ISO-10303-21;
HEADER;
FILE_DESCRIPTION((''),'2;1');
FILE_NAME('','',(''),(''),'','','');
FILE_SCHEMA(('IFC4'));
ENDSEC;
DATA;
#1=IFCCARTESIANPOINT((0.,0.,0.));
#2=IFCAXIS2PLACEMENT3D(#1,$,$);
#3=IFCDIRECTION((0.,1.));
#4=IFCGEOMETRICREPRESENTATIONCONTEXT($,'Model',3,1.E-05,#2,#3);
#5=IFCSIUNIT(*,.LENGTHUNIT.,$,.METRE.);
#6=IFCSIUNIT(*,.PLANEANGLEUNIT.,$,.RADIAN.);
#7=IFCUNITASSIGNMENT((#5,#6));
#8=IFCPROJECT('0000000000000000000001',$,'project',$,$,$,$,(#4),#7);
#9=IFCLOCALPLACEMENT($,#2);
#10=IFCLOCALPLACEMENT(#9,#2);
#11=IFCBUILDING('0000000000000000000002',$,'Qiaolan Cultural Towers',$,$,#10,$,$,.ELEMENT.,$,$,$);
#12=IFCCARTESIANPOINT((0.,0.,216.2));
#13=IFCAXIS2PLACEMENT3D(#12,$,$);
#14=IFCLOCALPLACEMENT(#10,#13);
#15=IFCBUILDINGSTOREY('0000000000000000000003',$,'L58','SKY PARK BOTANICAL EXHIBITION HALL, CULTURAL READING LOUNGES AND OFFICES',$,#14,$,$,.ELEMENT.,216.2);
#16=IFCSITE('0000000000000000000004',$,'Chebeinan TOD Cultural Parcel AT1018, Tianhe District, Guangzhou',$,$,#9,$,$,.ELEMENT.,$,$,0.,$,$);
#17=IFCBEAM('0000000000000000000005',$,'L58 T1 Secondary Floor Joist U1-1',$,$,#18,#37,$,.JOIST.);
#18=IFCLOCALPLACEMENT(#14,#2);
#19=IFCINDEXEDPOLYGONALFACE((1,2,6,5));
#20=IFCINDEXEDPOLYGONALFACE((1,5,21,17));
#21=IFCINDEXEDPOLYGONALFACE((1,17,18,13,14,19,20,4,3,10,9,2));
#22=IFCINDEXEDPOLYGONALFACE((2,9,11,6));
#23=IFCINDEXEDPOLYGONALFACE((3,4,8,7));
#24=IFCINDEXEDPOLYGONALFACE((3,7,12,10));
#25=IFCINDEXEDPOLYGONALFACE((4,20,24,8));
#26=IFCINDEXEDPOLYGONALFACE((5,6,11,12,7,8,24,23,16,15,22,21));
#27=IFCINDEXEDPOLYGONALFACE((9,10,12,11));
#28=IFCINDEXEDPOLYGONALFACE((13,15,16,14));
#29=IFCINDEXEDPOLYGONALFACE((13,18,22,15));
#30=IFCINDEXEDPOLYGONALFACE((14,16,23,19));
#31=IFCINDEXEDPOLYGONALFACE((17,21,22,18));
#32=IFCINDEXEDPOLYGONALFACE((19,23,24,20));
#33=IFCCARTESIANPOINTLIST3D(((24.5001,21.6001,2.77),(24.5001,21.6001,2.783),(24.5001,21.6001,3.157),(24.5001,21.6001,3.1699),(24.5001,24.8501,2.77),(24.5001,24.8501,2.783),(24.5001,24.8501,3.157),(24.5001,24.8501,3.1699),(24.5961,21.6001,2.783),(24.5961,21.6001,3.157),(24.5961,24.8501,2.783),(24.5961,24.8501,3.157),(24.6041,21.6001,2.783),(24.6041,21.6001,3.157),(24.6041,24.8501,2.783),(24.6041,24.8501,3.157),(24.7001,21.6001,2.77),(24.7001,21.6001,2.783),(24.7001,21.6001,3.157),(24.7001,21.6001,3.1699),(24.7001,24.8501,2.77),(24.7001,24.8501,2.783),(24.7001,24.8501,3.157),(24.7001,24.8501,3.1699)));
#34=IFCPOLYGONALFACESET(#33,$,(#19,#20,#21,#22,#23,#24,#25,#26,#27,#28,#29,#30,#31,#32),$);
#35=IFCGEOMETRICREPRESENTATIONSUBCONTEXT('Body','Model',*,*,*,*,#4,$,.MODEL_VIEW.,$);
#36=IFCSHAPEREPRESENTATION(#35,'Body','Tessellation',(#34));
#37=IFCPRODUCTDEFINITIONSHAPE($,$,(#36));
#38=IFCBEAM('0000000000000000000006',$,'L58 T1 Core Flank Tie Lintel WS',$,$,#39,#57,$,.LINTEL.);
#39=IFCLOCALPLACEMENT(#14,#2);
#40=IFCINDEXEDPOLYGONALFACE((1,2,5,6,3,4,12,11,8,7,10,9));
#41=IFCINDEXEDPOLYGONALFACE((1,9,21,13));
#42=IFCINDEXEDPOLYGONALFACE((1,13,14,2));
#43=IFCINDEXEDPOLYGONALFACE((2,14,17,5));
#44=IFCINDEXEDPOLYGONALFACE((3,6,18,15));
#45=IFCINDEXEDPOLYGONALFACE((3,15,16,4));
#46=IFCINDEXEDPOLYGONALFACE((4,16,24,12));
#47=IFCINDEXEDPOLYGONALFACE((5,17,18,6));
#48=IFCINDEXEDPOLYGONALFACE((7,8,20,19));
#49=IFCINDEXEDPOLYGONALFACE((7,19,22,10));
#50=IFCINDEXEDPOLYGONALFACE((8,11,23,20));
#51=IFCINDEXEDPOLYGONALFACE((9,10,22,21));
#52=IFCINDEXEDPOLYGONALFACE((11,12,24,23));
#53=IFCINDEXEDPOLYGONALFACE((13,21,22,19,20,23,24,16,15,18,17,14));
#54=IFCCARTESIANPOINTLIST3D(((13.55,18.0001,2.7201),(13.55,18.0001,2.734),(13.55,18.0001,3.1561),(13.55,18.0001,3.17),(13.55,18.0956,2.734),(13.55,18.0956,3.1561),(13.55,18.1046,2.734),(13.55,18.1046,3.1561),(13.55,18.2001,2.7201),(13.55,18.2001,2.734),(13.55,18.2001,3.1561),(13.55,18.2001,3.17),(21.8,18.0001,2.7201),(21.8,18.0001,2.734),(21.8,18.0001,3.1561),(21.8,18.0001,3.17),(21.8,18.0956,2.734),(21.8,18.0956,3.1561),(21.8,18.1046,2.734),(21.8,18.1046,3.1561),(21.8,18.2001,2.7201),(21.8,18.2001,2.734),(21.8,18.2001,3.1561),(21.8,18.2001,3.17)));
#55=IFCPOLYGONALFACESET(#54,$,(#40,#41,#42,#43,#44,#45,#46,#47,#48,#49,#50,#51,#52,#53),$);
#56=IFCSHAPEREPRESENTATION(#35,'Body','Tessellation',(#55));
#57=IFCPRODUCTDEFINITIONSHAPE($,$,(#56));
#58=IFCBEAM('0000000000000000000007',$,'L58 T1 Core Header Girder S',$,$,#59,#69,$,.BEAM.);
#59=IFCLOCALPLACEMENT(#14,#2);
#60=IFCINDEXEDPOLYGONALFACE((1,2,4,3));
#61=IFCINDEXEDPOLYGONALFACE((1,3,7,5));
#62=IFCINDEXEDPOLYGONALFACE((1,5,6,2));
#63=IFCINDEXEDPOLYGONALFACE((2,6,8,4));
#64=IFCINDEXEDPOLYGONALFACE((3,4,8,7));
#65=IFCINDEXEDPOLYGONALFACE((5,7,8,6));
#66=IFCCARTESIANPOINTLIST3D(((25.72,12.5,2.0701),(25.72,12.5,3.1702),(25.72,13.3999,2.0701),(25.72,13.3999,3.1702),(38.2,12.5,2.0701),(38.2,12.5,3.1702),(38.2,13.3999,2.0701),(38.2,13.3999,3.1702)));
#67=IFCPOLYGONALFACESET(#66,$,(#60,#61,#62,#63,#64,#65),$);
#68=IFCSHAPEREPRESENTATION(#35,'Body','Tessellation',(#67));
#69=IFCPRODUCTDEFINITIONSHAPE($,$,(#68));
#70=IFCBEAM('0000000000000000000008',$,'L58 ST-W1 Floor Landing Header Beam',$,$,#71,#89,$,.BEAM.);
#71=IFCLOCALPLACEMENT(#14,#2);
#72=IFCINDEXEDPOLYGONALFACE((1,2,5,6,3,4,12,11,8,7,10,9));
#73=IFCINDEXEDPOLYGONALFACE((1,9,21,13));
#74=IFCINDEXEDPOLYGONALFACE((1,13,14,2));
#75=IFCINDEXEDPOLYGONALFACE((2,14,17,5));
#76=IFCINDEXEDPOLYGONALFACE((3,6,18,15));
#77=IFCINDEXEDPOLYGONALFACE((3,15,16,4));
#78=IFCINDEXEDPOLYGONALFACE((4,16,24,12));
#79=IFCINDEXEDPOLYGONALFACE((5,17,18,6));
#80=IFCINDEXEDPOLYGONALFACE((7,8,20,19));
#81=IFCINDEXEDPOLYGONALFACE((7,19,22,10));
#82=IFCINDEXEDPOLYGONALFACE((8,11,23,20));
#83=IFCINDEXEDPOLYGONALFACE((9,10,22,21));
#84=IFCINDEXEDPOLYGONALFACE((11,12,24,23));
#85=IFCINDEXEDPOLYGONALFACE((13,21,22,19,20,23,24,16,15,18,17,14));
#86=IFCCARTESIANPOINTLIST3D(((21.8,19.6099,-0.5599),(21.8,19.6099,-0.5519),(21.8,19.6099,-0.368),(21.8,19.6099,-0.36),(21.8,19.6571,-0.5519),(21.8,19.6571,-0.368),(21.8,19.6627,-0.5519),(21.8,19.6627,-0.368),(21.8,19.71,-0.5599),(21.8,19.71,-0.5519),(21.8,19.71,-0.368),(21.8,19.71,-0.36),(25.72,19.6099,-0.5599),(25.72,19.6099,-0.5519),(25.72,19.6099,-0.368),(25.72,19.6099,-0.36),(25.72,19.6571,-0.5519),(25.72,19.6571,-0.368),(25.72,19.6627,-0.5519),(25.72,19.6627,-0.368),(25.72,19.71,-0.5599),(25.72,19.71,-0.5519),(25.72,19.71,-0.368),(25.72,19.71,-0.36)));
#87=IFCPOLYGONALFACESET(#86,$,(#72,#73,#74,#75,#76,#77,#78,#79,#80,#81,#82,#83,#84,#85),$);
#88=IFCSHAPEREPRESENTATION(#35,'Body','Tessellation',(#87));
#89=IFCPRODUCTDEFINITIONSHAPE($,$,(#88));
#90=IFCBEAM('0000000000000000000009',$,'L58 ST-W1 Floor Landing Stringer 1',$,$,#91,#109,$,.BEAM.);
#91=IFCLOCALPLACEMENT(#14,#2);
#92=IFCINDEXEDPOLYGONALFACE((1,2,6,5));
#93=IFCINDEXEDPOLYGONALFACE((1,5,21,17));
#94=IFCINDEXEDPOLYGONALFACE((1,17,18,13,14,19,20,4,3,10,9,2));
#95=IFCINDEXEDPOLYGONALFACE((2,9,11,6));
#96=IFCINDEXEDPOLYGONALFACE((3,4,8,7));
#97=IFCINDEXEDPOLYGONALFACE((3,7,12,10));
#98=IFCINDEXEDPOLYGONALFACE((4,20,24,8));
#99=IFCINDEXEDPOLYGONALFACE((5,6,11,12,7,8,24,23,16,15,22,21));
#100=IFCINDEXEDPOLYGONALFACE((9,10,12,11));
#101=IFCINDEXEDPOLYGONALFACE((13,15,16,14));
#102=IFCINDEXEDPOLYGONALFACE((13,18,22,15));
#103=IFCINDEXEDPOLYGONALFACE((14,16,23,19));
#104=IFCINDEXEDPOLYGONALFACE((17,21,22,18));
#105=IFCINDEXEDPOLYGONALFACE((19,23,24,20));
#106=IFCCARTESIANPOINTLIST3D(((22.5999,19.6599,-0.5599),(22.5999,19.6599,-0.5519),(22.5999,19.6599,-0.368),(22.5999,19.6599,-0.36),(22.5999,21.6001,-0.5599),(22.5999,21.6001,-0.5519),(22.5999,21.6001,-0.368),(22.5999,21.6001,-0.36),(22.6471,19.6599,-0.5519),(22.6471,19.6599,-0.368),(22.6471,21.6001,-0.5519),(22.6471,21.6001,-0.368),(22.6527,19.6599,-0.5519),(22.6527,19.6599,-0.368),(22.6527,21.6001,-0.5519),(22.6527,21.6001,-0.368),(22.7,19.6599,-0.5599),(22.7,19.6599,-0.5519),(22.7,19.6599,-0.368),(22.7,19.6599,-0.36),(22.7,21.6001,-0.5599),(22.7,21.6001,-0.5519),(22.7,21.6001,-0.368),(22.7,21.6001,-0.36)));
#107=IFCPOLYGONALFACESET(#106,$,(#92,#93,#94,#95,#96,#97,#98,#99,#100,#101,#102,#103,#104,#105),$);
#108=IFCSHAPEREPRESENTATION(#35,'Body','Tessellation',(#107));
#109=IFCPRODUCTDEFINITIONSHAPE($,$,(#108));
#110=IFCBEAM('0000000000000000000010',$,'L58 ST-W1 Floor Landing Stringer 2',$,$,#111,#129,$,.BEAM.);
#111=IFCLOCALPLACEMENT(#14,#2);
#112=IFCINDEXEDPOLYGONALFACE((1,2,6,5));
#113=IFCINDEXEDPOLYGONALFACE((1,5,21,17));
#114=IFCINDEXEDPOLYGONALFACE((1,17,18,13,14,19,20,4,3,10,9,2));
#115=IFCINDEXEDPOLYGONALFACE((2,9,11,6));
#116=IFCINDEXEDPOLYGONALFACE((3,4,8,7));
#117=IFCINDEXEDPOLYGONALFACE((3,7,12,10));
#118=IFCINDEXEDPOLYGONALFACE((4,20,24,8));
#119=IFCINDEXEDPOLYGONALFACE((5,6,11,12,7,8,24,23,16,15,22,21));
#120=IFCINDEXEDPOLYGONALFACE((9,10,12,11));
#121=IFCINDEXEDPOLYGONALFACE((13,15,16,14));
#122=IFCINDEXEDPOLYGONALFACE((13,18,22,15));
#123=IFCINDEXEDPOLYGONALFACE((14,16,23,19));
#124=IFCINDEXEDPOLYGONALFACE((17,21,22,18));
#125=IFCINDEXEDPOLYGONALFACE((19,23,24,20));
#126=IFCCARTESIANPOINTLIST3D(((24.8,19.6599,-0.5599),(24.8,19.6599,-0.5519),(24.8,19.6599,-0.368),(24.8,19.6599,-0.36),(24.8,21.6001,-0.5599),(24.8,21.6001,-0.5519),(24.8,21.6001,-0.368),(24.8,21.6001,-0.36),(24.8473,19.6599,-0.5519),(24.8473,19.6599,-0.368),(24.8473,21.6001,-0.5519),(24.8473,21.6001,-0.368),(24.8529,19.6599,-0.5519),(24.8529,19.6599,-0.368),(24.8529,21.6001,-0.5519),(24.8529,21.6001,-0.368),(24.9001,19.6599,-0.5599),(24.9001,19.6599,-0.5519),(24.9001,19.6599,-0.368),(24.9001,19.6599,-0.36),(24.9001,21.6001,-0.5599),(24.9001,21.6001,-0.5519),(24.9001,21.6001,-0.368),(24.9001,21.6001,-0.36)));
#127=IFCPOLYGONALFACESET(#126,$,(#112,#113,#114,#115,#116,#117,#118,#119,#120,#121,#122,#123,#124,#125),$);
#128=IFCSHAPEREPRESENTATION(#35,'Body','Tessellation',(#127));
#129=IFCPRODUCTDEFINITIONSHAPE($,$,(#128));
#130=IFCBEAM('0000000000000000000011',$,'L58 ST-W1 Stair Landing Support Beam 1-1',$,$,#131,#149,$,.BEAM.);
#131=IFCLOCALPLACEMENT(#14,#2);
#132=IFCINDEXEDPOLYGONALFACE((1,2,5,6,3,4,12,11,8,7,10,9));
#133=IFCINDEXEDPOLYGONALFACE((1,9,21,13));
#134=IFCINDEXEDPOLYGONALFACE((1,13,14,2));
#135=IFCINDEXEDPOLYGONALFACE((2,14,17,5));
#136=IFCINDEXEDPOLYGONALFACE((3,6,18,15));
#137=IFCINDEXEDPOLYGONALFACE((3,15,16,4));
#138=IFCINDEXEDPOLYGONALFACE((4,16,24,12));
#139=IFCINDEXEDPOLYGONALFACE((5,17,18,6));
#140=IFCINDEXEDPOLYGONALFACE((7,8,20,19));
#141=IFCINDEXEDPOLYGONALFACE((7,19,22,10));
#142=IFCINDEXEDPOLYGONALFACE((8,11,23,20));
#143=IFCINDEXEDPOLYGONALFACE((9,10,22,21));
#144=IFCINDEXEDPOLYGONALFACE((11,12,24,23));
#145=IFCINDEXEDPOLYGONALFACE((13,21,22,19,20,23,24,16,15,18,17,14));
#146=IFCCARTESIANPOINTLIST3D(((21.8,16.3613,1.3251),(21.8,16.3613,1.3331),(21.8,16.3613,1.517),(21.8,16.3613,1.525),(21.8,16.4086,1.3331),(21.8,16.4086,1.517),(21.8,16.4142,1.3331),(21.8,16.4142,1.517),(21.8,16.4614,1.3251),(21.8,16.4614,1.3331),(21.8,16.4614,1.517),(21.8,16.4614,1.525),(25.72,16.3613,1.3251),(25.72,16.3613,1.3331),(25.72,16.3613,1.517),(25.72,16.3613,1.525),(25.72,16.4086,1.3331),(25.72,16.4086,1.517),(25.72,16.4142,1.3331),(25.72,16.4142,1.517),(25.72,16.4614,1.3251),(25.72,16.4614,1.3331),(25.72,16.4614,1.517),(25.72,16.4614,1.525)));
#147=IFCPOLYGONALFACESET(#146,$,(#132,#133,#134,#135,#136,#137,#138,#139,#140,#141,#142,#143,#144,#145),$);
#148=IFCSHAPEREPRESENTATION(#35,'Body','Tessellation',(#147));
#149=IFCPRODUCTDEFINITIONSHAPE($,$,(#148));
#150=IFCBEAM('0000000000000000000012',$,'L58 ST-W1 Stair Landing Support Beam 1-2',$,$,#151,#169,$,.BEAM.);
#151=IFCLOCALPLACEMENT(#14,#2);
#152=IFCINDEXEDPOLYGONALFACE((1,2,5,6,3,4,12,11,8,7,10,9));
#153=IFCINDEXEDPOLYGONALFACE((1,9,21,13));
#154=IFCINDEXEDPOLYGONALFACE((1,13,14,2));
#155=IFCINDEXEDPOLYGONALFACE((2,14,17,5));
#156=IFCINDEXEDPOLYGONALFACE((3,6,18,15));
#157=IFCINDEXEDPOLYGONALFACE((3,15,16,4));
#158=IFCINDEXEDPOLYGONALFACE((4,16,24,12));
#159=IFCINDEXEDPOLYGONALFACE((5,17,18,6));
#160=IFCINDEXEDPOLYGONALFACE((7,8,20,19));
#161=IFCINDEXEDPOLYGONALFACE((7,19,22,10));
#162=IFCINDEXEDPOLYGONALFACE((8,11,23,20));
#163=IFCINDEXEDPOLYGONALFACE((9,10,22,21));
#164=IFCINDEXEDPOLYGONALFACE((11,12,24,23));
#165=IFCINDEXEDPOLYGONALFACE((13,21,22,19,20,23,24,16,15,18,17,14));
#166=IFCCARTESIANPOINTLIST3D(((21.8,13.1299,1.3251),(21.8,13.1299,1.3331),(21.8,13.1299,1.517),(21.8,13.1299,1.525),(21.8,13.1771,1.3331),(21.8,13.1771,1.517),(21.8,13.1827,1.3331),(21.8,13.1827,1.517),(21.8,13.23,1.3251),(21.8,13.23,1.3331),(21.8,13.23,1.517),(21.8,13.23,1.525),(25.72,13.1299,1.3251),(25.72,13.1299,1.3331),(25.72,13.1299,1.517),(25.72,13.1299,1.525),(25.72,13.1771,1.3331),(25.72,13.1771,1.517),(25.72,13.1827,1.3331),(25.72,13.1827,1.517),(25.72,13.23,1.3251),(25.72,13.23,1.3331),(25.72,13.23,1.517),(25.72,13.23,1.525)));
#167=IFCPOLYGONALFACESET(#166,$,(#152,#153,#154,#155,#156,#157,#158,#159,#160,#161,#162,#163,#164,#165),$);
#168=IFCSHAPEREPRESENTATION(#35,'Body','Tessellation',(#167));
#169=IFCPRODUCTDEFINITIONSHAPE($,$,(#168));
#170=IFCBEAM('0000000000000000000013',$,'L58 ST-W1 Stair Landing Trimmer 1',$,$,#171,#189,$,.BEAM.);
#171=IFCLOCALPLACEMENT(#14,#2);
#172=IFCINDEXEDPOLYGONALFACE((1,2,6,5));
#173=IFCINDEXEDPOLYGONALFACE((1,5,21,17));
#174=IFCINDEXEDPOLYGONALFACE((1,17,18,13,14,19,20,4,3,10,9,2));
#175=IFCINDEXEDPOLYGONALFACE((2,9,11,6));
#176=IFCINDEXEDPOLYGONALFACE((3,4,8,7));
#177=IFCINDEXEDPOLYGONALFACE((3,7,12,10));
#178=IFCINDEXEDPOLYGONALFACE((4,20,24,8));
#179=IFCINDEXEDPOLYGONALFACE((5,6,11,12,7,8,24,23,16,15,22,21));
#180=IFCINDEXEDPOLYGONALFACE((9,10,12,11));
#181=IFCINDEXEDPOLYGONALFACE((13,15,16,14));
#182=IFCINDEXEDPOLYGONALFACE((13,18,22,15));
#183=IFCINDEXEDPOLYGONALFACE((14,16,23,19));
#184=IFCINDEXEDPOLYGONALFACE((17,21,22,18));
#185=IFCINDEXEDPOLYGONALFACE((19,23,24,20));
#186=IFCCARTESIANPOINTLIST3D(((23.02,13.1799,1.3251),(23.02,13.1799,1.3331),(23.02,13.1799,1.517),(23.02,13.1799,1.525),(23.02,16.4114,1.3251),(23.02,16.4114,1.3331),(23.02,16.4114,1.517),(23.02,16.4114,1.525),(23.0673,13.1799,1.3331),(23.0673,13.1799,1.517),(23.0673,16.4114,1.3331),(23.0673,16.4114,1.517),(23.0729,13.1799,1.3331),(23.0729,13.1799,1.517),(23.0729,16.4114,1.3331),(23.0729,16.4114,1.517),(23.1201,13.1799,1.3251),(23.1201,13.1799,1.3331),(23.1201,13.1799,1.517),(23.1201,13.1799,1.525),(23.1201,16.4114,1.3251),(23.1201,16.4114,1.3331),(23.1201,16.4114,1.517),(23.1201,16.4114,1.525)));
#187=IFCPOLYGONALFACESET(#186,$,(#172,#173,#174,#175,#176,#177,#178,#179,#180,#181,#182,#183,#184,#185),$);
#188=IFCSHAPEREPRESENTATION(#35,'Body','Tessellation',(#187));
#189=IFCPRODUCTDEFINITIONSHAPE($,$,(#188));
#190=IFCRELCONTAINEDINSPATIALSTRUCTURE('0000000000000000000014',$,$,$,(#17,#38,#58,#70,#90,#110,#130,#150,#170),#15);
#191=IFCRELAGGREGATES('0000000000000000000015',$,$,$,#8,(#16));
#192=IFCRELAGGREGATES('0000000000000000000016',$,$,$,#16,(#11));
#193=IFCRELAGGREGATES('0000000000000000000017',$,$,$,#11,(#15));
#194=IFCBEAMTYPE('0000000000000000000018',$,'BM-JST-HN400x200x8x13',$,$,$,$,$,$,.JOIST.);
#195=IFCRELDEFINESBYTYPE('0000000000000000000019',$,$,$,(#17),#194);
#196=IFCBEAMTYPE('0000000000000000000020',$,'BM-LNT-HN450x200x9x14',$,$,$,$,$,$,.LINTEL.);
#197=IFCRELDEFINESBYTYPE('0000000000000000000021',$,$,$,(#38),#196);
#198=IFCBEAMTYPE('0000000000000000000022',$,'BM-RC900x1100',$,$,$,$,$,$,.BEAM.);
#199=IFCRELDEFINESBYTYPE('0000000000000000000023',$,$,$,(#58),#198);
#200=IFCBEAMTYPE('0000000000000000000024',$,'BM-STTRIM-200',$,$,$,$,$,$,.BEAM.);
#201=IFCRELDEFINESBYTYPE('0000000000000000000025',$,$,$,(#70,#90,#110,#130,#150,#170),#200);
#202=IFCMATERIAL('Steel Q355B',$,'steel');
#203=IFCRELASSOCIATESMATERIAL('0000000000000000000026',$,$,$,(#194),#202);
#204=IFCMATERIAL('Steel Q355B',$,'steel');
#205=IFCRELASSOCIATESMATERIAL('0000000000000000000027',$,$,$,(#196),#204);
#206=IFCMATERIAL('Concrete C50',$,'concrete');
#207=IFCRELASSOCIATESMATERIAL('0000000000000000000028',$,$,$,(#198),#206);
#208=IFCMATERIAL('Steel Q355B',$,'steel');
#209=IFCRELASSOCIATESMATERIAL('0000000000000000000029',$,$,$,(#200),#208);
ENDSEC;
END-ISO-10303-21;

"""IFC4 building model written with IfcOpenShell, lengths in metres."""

from ifc_helpers import new_model, si_unit, direction, frame, origin, origin_2d, place, context, subcontext, project, spatial, rectangle, i_section, extrude, material, material_profile, profile_set, type_object, element, save


model = new_model("IFC4")

# Units and contexts
model_context = context("Model", 3, precision=1e-05, world=origin(), true_north=direction((0.0, 1.0)))
body_context = subcontext(model_context, "Body", "Model", "MODEL_VIEW")
ifc_project = project(units=[si_unit("LENGTHUNIT", "METRE"), si_unit("PLANEANGLEUNIT", "RADIAN")], contexts=[model_context])

# Site, building, storey
site_placement = place(None, origin())
site = spatial("IfcSite", under=ifc_project, at=site_placement, Name="Chebeinan TOD Cultural Parcel AT1018, Tianhe District, Guangzhou", CompositionType="ELEMENT", RefElevation=0.0)
building_placement = place(site_placement, origin())
building = spatial("IfcBuilding", under=site, at=building_placement, Name="Qiaolan Cultural Towers", CompositionType="ELEMENT")
storey_placement = place(building_placement, frame((0.0, 0.0, 216.2)))
storey = spatial("IfcBuildingStorey", under=building, at=storey_placement, Name="L58", Description="SKY PARK BOTANICAL EXHIBITION HALL, CULTURAL READING LOUNGES AND OFFICES", CompositionType="ELEMENT", Elevation=216.2)

# Beams
ifc_material_1 = material(Name="Steel Q355B", Category="steel")
ifc_material_profile_1 = material_profile(ifc_material_1, i_section(OverallWidth=0.2, OverallDepth=0.3999, WebThickness=0.0081, FlangeThickness=0.0129, at=origin_2d()), Name="HN400x200x8x13")
ifc_profile_set_1 = profile_set([ifc_material_profile_1], Name="Steel Q355B")
beam_type_1 = type_object("IfcBeamType", Name="BM-JST-HN400x200x8x13", PredefinedType="JOIST", material=ifc_profile_set_1)
beam_1_placement = place(storey_placement, frame((24.6001, 21.6001, 2.97), z_axis=(0.0, 1.0, 0.0), x_axis=(-1.0, 0.0, 0.0)))
element("IfcBeam", 1, at=beam_1_placement, inside=storey, type_object=beam_type_1, Name="L58 T1 Secondary Floor Joist U1-1", PredefinedType="JOIST", context=body_context, shape_type="SweptSolid", body=[
    extrude(i_section(OverallWidth=0.2, OverallDepth=0.3999, WebThickness=0.0081, FlangeThickness=0.0129, at=origin_2d()), origin(), (0.0, 0.0, 1.0), 3.25),
])
ifc_material_2 = material(Name="Steel Q355B", Category="steel")
ifc_material_profile_2 = material_profile(ifc_material_2, i_section(OverallWidth=0.2, OverallDepth=0.45, WebThickness=0.009, FlangeThickness=0.0139, at=origin_2d()), Name="HN450x200x9x14")
ifc_profile_set_2 = profile_set([ifc_material_profile_2], Name="Steel Q355B")
beam_type_2 = type_object("IfcBeamType", Name="BM-LNT-HN450x200x9x14", PredefinedType="LINTEL", material=ifc_profile_set_2)
beam_2_placement = place(storey_placement, frame((21.8, 18.1001, 2.9451), z_axis=(-1.0, 0.0, 0.0), x_axis=(0.0, -1.0, 0.0)))
element("IfcBeam", 2, at=beam_2_placement, inside=storey, type_object=beam_type_2, Name="L58 T1 Core Flank Tie Lintel WS", PredefinedType="LINTEL", context=body_context, shape_type="SweptSolid", body=[
    extrude(i_section(OverallWidth=0.2, OverallDepth=0.45, WebThickness=0.009, FlangeThickness=0.0139, at=origin_2d()), origin(), (0.0, 0.0, 1.0), 8.25),
])
ifc_material_3 = material(Name="Concrete C50", Category="concrete")
ifc_material_profile_3 = material_profile(ifc_material_3, rectangle(XDim=0.8999, YDim=1.1001, at=origin_2d()), Name="RC900x1100")
ifc_profile_set_3 = profile_set([ifc_material_profile_3], Name="Concrete C50")
beam_type_3 = type_object("IfcBeamType", Name="BM-RC900x1100", PredefinedType="BEAM", material=ifc_profile_set_3)
beam_3_placement = place(storey_placement, frame((25.72, 12.95, 2.6201), z_axis=(1.0, 0.0, 0.0), x_axis=(0.0, 1.0, 0.0)))
element("IfcBeam", 3, at=beam_3_placement, inside=storey, type_object=beam_type_3, Name="L58 T1 Core Header Girder S", PredefinedType="BEAM", context=body_context, shape_type="SweptSolid", body=[
    extrude(rectangle(XDim=0.8999, YDim=1.1001, at=origin_2d()), origin(), (0.0, 0.0, 1.0), 12.48),
])
ifc_material_4 = material(Name="Steel Q355B", Category="steel")
ifc_material_profile_4 = material_profile(ifc_material_4, i_section(OverallWidth=0.1001, OverallDepth=0.2, WebThickness=0.0056, FlangeThickness=0.0081, at=origin_2d()), Name="HN200x100x5.5x8")
ifc_profile_set_4 = profile_set([ifc_material_profile_4], Name="Steel Q355B")
beam_type_4 = type_object("IfcBeamType", Name="BM-STTRIM-200", PredefinedType="BEAM", material=ifc_profile_set_4)
beam_4_placement = place(storey_placement, frame((21.8, 19.6599, -0.46), z_axis=(1.0, 0.0, 0.0), x_axis=(0.0, 1.0, 0.0)))
element("IfcBeam", 4, at=beam_4_placement, inside=storey, type_object=beam_type_4, Name="L58 ST-W1 Floor Landing Header Beam", PredefinedType="BEAM", context=body_context, shape_type="SweptSolid", body=[
    extrude(i_section(OverallWidth=0.1001, OverallDepth=0.2, WebThickness=0.0056, FlangeThickness=0.0081, at=origin_2d()), origin(), (0.0, 0.0, 1.0), 3.9199),
])
for number, where, z_axis, x_axis, name in (
    (5, (22.6499, 21.6001, -0.46), (0.0, -1.0, 0.0), (1.0, 0.0, 0.0), "L58 ST-W1 Floor Landing Stringer 1"),
    (6, (24.8501, 21.6001, -0.46), (0.0, -1.0, 0.0), (1.0, 0.0, 0.0), "L58 ST-W1 Floor Landing Stringer 2"),
):
    element("IfcBeam", number, at=place(storey_placement, frame(where, z_axis=z_axis, x_axis=x_axis)), inside=storey, type_object=beam_type_4, Name=name, PredefinedType="BEAM", context=body_context, shape_type="SweptSolid", body=[
        extrude(i_section(OverallWidth=0.1001, OverallDepth=0.2, WebThickness=0.0056, FlangeThickness=0.0081, at=origin_2d()), origin(), (0.0, 0.0, 1.0), 1.9402),
    ])
for number, where, z_axis, x_axis, name in (
    (7, (21.8, 16.4114, 1.425), (1.0, 0.0, 0.0), (0.0, 1.0, 0.0), "L58 ST-W1 Stair Landing Support Beam 1-1"),
    (8, (21.8, 13.1799, 1.425), (1.0, 0.0, 0.0), (0.0, 1.0, 0.0), "L58 ST-W1 Stair Landing Support Beam 1-2"),
):
    element("IfcBeam", number, at=place(storey_placement, frame(where, z_axis=z_axis, x_axis=x_axis)), inside=storey, type_object=beam_type_4, Name=name, PredefinedType="BEAM", context=body_context, shape_type="SweptSolid", body=[
        extrude(i_section(OverallWidth=0.1001, OverallDepth=0.2, WebThickness=0.0056, FlangeThickness=0.0081, at=origin_2d()), origin(), (0.0, 0.0, 1.0), 3.9199),
    ])
beam_5_placement = place(storey_placement, frame((23.0701, 16.4114, 1.425), z_axis=(0.0, -1.0, 0.0), x_axis=(1.0, 0.0, 0.0)))
element("IfcBeam", 9, at=beam_5_placement, inside=storey, type_object=beam_type_4, Name="L58 ST-W1 Stair Landing Trimmer 1", PredefinedType="BEAM", context=body_context, shape_type="SweptSolid", body=[
    extrude(i_section(OverallWidth=0.1001, OverallDepth=0.2, WebThickness=0.0056, FlangeThickness=0.0081, at=origin_2d()), origin(), (0.0, 0.0, 1.0), 3.2314),
])

save(model, "model.ifc")
